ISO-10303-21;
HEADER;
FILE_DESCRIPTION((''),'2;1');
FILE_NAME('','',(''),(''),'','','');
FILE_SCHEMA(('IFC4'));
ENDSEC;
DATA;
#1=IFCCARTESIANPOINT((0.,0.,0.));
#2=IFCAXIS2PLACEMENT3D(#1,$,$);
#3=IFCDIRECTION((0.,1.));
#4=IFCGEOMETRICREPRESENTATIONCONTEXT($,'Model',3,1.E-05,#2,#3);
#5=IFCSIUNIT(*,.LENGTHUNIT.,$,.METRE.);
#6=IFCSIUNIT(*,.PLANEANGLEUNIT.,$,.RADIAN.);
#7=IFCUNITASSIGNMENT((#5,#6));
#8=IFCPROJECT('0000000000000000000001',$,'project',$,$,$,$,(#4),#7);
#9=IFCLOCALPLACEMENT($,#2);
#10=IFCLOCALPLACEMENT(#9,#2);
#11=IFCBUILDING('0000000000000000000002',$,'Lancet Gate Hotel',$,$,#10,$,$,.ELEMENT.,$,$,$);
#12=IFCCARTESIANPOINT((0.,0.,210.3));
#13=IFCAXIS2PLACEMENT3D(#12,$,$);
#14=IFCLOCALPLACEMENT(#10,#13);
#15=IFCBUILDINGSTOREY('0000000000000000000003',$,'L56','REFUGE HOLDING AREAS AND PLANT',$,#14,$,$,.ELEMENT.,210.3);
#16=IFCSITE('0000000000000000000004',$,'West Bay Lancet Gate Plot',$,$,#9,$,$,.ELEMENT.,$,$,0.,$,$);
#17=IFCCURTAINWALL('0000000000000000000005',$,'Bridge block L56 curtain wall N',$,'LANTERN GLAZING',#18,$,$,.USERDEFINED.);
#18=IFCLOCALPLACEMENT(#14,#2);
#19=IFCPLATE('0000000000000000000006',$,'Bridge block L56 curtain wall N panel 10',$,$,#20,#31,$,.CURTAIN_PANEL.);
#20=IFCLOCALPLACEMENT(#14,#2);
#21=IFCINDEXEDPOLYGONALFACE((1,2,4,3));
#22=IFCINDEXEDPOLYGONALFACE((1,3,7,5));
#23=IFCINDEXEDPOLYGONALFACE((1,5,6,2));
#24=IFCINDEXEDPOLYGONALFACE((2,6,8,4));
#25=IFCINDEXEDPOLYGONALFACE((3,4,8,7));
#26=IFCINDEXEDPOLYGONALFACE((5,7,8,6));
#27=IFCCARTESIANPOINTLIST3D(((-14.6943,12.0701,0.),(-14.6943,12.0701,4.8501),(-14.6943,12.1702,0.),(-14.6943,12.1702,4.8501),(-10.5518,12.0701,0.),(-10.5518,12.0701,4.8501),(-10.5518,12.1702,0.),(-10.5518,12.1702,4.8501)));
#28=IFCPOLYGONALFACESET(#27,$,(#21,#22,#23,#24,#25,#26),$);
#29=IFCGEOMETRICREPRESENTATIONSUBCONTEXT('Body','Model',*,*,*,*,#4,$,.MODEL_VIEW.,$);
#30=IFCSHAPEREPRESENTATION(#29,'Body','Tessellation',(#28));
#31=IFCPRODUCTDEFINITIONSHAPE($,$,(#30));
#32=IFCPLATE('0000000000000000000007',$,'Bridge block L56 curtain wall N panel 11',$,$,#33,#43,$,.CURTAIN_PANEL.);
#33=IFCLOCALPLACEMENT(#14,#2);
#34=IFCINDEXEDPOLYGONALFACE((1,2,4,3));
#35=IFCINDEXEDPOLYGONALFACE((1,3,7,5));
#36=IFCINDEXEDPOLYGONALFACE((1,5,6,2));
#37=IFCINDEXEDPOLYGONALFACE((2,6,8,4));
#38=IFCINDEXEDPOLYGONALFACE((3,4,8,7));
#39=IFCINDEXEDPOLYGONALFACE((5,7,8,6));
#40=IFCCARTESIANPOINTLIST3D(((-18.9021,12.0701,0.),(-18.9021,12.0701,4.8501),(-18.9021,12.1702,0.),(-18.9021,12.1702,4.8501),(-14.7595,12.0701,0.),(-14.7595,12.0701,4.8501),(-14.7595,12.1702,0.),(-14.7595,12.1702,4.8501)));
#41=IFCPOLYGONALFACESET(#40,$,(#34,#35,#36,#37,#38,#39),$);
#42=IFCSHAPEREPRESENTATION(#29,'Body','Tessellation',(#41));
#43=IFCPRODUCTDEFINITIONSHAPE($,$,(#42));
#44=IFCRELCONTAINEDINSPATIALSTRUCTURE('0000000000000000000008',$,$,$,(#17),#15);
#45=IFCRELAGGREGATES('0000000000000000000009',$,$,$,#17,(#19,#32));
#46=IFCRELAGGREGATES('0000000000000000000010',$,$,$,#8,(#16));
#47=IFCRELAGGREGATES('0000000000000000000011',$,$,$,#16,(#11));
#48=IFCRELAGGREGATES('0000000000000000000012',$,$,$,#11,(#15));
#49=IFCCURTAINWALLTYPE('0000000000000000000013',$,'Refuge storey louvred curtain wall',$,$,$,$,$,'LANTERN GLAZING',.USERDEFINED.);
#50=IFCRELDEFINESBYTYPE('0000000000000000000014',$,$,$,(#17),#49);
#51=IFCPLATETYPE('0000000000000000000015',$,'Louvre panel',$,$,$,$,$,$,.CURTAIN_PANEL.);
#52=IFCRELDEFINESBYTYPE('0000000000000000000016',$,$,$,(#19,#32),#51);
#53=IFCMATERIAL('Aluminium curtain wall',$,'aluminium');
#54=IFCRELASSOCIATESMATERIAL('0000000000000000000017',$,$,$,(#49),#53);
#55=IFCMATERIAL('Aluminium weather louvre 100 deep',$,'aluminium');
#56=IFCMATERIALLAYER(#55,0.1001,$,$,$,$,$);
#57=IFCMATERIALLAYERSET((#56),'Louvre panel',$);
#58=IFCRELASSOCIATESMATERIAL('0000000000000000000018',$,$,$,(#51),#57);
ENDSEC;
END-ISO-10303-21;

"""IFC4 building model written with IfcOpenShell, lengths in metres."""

from ifc_helpers import new_model, si_unit, direction, frame, origin, origin_2d, place, context, subcontext, project, spatial, rectangle, extrude, material, layer, layer_set, type_object, element, aggregate, save


model = new_model("IFC4")

# Units and contexts
model_context = context("Model", 3, precision=1e-05, world=origin(), true_north=direction((0.0, 1.0)))
body_context = subcontext(model_context, "Body", "Model", "MODEL_VIEW")
ifc_project = project(units=[si_unit("LENGTHUNIT", "METRE"), si_unit("PLANEANGLEUNIT", "RADIAN")], contexts=[model_context])

# Site, building, storey
site_placement = place(None, origin())
site = spatial("IfcSite", under=ifc_project, at=site_placement, Name="West Bay Lancet Gate Plot", CompositionType="ELEMENT", RefElevation=0.0)
building_placement = place(site_placement, origin())
building = spatial("IfcBuilding", under=site, at=building_placement, Name="Lancet Gate Hotel", CompositionType="ELEMENT")
storey_placement = place(building_placement, frame((0.0, 0.0, 210.3)))
storey = spatial("IfcBuildingStorey", under=building, at=storey_placement, Name="L56", Description="REFUGE HOLDING AREAS AND PLANT", CompositionType="ELEMENT", Elevation=210.3)

# Curtain wall
ifc_material_1 = material(Name="Aluminium curtain wall", Category="aluminium")
curtain_wall_type = type_object("IfcCurtainWallType", Name="Refuge storey louvred curtain wall", ElementType="LANTERN GLAZING", PredefinedType="USERDEFINED", material=ifc_material_1)
curtain_wall_placement = place(storey_placement, origin())
curtain_wall = element("IfcCurtainWall", 1, at=curtain_wall_placement, inside=storey, type_object=curtain_wall_type, Name="Bridge block L56 curtain wall N", ObjectType="LANTERN GLAZING", PredefinedType="USERDEFINED")

# Plates
ifc_material_2 = material(Name="Aluminium weather louvre 100 deep", Category="aluminium")
ifc_layer_1 = layer(ifc_material_2, 0.1001)
ifc_layer_set_1 = layer_set([ifc_layer_1], Name="Louvre panel")
plate_type = type_object("IfcPlateType", Name="Louvre panel", PredefinedType="CURTAIN_PANEL", material=ifc_layer_set_1)
plate_1_placement = place(storey_placement, frame((-12.623, 12.1201, 0.0), z_axis=(0.0, 0.0, 1.0), x_axis=(-1.0, 0.0, 0.0)))
plate_1 = element("IfcPlate", 2, at=plate_1_placement, type_object=plate_type, Name="Bridge block L56 curtain wall N panel 10", PredefinedType="CURTAIN_PANEL", context=body_context, shape_type="SweptSolid", body=[
    extrude(rectangle(XDim=4.1426, YDim=0.1001, at=origin_2d()), origin(), (0.0, 0.0, 1.0), 4.8501),
])
plate_2_placement = place(storey_placement, frame((-16.8308, 12.1201, 0.0), z_axis=(0.0, 0.0, 1.0), x_axis=(-1.0, 0.0, 0.0)))
plate_2 = element("IfcPlate", 3, at=plate_2_placement, type_object=plate_type, Name="Bridge block L56 curtain wall N panel 11", PredefinedType="CURTAIN_PANEL", context=body_context, shape_type="SweptSolid", body=[
    extrude(rectangle(XDim=4.1426, YDim=0.1001, at=origin_2d()), origin(), (0.0, 0.0, 1.0), 4.8501),
])
aggregate(curtain_wall, [plate_1, plate_2])

save(model, "model.ifc")
